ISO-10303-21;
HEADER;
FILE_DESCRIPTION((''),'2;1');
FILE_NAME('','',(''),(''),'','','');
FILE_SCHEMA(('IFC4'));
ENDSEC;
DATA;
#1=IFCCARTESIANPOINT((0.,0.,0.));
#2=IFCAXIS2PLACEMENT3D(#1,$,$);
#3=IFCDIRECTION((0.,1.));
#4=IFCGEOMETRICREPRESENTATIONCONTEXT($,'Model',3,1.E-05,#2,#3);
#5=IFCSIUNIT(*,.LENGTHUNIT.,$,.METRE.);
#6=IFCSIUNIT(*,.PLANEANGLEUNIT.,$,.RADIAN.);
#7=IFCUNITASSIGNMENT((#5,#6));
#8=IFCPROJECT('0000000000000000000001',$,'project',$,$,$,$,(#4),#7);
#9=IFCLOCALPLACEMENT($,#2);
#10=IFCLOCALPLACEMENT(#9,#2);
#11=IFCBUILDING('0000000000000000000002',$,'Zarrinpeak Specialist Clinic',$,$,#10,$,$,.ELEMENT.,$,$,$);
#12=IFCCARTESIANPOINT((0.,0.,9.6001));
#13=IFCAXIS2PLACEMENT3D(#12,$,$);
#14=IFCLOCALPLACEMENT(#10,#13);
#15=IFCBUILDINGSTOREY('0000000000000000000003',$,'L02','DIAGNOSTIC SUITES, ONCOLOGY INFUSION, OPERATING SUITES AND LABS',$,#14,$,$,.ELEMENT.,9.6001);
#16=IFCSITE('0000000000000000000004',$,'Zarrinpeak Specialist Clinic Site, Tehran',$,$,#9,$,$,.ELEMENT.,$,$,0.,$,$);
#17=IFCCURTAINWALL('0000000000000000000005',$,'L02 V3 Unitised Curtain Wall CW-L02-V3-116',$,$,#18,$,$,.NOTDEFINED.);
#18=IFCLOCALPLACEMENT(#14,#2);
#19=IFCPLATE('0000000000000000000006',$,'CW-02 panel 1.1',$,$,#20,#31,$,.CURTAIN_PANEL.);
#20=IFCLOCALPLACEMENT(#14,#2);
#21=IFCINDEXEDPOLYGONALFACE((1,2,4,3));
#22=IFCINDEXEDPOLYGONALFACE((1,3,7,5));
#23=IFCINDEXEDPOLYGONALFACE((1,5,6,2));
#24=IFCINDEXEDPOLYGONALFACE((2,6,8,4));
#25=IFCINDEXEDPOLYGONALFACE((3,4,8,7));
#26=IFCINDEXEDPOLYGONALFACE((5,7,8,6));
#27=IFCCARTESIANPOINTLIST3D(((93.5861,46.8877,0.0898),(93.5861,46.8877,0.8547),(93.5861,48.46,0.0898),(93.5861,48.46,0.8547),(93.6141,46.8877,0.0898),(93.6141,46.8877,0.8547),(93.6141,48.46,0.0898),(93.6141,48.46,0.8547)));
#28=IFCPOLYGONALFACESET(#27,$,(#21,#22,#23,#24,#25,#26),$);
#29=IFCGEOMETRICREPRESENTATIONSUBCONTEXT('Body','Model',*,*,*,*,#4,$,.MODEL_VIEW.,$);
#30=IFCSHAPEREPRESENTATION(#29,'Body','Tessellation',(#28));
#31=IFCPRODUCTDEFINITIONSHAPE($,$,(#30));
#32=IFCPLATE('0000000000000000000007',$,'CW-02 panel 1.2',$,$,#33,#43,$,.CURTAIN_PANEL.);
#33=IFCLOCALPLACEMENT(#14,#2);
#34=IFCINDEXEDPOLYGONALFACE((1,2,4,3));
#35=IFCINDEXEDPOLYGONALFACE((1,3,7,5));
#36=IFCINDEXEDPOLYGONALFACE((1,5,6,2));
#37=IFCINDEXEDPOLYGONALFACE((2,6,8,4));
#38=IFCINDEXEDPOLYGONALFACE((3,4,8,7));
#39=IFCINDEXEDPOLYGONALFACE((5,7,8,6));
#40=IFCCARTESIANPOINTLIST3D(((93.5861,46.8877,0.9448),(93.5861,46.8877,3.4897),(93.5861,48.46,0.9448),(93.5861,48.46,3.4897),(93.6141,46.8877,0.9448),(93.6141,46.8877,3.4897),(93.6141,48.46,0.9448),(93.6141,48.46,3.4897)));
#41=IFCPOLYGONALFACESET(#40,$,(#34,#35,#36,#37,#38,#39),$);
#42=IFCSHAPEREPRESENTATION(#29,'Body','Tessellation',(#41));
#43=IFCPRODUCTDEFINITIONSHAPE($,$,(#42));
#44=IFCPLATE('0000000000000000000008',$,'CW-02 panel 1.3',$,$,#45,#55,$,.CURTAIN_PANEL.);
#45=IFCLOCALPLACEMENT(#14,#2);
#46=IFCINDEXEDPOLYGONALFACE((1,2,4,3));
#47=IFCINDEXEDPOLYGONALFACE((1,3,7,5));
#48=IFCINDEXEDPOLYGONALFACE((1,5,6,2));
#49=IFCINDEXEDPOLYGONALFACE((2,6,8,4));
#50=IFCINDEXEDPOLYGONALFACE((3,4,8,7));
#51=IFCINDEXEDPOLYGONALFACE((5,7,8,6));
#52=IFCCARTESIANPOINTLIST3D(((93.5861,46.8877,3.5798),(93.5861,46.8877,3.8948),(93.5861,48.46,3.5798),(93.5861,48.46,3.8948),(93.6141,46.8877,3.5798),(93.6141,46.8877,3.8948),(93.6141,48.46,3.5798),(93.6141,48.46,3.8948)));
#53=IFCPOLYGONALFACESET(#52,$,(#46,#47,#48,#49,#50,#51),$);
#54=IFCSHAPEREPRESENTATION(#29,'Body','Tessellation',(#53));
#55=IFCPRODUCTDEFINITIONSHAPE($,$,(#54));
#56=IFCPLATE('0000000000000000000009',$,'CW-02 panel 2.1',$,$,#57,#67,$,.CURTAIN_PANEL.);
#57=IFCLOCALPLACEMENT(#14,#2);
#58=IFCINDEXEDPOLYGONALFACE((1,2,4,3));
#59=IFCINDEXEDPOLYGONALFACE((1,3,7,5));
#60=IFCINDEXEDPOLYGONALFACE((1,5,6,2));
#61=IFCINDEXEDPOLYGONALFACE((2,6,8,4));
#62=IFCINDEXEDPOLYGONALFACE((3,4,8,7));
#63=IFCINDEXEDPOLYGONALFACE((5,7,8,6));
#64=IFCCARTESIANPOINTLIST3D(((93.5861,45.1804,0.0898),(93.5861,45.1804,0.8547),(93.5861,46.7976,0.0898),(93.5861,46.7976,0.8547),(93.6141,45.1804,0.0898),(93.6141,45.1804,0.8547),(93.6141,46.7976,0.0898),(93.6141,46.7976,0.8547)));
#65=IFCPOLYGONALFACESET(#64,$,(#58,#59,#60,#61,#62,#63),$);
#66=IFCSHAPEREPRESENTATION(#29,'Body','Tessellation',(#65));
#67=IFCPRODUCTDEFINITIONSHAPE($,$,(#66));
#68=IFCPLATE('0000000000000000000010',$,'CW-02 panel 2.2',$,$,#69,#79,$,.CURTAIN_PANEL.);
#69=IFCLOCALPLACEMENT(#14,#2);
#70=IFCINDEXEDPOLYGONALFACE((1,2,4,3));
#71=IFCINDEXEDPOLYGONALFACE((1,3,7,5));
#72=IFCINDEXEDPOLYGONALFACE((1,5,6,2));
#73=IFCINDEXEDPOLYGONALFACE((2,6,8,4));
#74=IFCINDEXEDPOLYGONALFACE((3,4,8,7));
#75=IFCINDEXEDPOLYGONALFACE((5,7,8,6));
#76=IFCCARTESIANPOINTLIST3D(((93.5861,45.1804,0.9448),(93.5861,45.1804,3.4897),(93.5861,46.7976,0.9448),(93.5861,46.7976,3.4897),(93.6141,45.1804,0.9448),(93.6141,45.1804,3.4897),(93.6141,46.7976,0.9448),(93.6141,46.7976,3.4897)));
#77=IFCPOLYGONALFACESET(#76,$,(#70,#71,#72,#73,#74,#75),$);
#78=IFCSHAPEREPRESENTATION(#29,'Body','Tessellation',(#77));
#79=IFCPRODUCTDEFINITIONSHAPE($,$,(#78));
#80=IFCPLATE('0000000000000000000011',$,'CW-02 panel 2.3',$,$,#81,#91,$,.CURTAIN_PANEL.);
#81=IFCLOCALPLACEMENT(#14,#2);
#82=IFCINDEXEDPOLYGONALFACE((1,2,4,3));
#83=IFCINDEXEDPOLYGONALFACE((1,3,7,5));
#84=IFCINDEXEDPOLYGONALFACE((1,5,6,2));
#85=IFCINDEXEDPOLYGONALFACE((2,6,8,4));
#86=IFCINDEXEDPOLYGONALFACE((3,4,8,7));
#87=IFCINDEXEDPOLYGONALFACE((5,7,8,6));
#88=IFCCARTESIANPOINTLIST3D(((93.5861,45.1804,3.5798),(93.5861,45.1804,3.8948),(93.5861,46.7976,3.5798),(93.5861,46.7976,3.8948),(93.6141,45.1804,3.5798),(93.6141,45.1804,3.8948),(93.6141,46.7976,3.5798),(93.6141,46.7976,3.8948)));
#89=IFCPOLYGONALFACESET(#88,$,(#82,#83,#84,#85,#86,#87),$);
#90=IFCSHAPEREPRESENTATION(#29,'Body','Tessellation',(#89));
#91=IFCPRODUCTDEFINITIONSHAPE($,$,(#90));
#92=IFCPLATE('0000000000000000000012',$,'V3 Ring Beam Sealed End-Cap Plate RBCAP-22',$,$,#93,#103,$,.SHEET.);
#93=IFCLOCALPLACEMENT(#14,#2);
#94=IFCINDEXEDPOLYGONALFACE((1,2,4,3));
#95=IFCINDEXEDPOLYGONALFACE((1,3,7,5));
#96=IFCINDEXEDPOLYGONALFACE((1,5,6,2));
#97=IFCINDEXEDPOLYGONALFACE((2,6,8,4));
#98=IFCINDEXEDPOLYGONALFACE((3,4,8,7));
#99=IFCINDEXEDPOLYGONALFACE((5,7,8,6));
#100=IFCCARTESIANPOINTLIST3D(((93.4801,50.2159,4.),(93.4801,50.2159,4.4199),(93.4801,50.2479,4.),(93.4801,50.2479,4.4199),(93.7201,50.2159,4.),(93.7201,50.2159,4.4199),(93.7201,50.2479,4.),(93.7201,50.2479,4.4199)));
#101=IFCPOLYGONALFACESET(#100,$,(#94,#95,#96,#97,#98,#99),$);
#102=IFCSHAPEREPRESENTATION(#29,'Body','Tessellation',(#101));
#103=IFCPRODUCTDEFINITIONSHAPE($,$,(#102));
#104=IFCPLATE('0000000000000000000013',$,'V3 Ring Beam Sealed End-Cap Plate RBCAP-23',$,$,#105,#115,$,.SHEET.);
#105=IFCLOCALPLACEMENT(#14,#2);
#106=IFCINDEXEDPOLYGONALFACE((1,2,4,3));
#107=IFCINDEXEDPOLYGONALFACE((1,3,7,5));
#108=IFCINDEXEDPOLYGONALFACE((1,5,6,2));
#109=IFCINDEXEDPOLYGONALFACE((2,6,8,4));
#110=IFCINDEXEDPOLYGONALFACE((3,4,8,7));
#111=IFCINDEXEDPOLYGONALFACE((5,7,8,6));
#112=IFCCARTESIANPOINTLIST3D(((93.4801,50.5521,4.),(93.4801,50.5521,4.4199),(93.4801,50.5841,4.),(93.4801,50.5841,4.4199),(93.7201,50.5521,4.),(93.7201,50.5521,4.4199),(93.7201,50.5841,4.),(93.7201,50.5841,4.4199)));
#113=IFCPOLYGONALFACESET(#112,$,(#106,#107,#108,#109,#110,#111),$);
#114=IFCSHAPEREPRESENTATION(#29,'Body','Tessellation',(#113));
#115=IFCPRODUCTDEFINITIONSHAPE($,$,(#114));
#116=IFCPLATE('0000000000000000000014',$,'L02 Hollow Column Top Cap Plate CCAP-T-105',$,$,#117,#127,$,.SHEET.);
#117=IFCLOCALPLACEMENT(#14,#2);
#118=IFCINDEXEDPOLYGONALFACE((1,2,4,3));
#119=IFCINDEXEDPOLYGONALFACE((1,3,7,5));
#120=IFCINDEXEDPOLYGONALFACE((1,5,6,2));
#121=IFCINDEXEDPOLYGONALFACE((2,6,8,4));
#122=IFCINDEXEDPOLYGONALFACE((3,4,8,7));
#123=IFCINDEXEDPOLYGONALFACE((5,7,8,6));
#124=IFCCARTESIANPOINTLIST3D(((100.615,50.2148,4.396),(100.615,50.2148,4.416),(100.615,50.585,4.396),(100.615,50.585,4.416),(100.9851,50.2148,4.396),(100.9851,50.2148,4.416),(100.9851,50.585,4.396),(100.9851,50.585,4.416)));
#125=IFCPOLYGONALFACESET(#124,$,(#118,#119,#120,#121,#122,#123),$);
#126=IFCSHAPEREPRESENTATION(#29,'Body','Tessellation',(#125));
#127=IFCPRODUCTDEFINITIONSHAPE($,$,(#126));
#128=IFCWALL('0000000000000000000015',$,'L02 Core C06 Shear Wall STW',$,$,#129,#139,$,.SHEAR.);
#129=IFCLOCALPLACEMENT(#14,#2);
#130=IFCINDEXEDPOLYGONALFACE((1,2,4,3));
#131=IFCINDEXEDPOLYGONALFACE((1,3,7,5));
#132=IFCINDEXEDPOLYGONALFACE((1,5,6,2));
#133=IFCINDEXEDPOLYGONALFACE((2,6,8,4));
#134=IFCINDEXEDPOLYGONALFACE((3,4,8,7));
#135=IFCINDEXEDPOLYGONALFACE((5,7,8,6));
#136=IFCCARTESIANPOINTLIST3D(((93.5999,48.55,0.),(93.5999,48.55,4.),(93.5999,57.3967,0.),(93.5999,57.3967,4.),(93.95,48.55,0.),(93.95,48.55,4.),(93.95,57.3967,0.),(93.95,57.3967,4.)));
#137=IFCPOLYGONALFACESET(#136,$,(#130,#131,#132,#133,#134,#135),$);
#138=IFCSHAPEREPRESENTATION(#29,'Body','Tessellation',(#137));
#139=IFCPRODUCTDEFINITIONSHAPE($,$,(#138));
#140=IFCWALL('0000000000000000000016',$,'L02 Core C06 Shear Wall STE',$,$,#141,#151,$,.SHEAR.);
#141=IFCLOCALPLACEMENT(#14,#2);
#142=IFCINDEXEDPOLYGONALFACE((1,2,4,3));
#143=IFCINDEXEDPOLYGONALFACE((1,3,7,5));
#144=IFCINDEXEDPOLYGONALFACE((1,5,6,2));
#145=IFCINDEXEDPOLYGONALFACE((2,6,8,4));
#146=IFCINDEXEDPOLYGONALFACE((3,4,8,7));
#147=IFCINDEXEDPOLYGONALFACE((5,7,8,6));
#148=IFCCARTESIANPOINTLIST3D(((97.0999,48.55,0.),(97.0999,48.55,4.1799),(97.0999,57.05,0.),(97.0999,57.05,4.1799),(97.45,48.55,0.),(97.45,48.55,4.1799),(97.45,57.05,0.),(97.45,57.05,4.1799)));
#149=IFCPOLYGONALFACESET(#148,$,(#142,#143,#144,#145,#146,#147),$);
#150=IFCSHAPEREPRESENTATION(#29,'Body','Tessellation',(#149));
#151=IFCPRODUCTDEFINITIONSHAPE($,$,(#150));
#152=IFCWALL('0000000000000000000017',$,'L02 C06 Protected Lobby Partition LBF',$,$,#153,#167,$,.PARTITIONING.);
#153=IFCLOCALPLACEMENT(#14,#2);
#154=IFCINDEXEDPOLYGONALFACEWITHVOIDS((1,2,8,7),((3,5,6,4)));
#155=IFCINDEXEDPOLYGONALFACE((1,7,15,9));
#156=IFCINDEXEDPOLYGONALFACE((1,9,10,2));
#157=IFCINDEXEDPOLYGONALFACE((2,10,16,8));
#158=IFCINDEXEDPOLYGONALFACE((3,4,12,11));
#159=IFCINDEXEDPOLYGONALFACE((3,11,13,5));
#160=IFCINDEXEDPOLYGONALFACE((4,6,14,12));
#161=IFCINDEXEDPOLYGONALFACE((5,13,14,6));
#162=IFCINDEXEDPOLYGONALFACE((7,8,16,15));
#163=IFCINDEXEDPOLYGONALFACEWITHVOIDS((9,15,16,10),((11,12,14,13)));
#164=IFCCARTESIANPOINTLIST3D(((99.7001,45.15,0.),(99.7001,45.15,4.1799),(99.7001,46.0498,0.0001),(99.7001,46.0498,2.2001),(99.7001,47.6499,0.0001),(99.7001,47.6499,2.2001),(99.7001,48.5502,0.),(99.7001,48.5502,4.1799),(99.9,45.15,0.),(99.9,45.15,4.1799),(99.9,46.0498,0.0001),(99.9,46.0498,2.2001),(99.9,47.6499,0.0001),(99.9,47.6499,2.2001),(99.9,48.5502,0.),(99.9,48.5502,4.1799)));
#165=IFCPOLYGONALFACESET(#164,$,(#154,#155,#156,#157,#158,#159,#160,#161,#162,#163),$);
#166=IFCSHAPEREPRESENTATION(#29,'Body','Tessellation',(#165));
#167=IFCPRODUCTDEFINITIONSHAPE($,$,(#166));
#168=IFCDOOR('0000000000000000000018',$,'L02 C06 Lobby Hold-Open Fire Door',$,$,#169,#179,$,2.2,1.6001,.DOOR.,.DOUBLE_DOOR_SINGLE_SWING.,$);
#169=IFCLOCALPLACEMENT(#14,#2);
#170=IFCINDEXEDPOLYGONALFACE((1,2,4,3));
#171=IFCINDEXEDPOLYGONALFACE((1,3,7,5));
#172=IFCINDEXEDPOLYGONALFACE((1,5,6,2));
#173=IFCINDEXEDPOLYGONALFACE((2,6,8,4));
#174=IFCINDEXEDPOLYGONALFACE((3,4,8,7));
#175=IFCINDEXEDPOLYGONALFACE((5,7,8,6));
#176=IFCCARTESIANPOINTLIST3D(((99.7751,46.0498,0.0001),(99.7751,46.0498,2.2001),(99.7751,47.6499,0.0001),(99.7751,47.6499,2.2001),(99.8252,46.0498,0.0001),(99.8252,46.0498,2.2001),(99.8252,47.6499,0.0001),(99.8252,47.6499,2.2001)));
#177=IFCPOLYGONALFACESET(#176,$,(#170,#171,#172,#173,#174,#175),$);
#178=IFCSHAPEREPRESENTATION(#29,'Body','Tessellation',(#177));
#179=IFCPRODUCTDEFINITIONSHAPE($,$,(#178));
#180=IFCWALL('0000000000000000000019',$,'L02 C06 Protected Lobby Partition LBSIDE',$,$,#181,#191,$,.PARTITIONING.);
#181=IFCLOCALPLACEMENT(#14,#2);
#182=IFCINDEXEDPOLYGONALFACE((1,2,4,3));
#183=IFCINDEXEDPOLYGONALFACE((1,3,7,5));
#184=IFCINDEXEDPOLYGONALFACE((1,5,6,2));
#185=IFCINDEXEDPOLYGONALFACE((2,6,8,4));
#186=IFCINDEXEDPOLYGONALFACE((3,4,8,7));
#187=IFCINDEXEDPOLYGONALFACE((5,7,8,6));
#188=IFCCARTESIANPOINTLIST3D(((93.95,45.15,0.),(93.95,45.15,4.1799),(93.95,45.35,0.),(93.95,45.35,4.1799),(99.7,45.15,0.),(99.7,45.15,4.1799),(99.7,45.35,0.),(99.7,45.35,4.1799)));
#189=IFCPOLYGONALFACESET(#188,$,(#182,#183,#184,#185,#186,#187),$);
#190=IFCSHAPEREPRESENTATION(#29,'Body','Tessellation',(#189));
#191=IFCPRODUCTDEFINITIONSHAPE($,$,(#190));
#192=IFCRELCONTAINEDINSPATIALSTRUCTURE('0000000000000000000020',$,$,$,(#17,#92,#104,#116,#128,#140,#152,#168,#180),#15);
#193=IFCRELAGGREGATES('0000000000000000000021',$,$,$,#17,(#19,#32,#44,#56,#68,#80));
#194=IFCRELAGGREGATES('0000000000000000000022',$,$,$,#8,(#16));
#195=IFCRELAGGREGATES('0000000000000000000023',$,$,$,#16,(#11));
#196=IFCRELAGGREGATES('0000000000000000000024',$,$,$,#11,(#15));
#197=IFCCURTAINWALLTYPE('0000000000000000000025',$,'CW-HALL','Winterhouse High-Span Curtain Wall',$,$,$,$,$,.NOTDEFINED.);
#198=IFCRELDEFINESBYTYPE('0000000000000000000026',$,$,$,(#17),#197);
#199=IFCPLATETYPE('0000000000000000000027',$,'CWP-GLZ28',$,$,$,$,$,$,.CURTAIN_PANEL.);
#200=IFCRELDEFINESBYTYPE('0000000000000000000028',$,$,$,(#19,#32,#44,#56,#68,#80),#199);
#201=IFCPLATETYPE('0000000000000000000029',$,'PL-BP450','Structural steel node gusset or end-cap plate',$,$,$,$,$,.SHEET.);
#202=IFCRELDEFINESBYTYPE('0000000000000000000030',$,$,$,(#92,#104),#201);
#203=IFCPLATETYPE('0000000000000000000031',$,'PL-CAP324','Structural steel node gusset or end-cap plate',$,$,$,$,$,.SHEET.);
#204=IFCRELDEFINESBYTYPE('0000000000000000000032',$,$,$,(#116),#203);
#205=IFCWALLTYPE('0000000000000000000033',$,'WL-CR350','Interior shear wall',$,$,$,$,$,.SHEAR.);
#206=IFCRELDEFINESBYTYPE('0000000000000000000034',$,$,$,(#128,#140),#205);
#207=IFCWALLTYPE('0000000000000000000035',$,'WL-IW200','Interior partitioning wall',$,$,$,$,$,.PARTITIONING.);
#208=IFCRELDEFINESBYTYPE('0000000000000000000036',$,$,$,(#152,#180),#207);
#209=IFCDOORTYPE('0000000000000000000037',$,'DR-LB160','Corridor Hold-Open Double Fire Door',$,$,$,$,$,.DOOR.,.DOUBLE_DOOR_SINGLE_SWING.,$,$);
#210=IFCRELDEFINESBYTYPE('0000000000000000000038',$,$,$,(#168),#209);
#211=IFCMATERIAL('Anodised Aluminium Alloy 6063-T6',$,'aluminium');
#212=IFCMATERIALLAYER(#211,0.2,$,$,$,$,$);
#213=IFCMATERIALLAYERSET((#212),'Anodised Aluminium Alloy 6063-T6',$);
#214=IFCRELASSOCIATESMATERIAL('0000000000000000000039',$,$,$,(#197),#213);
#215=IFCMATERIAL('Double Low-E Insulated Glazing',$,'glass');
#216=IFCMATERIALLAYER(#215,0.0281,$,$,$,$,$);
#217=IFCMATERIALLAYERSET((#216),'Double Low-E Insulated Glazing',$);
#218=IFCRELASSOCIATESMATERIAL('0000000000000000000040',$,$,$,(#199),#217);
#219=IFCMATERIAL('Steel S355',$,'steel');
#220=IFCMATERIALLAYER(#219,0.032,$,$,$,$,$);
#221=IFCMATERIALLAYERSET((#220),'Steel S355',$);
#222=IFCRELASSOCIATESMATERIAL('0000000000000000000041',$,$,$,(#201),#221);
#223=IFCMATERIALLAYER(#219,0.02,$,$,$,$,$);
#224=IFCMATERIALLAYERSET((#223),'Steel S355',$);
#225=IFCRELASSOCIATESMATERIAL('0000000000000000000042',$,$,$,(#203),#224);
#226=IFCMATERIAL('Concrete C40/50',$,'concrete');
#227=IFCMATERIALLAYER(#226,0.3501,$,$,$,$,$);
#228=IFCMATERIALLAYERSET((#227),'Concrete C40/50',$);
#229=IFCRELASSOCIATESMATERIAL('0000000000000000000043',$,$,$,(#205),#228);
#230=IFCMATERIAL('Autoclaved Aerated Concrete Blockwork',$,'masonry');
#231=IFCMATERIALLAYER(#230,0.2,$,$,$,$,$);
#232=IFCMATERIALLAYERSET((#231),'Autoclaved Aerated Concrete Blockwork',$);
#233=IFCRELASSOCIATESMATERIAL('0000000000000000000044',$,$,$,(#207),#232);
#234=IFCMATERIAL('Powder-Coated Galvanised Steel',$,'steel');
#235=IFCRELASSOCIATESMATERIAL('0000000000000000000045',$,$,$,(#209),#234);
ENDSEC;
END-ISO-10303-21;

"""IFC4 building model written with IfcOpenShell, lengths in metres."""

from ifc_helpers import new_model, si_unit, direction, frame, frame_2d, origin, origin_2d, place, context, subcontext, project, spatial, rectangle, extrude, material, layer, layer_set, type_object, element, fill, aggregate, save


model = new_model("IFC4")

# Units and contexts
model_context = context("Model", 3, precision=1e-05, world=origin(), true_north=direction((0.0, 1.0)))
body_context = subcontext(model_context, "Body", "Model", "MODEL_VIEW")
ifc_project = project(units=[si_unit("LENGTHUNIT", "METRE"), si_unit("PLANEANGLEUNIT", "RADIAN")], contexts=[model_context])

# Site, building, storey
site_placement = place(None, origin())
site = spatial("IfcSite", under=ifc_project, at=site_placement, Name="Zarrinpeak Specialist Clinic Site, Tehran", CompositionType="ELEMENT", RefElevation=0.0)
building_placement = place(site_placement, origin())
building = spatial("IfcBuilding", under=site, at=building_placement, Name="Zarrinpeak Specialist Clinic", CompositionType="ELEMENT")
storey_placement = place(building_placement, frame((0.0, 0.0, 9.6001)))
storey = spatial("IfcBuildingStorey", under=building, at=storey_placement, Name="L02", Description="DIAGNOSTIC SUITES, ONCOLOGY INFUSION, OPERATING SUITES AND LABS", CompositionType="ELEMENT", Elevation=9.6001)

# Shared definitions
ifc_material_1 = material(Name="Steel S355", Category="steel")

# Curtain wall, plates
ifc_material_2 = material(Name="Anodised Aluminium Alloy 6063-T6", Category="aluminium")
ifc_layer_1 = layer(ifc_material_2, 0.2)
ifc_layer_set_1 = layer_set([ifc_layer_1], Name="Anodised Aluminium Alloy 6063-T6")
curtain_wall_type = type_object("IfcCurtainWallType", Name="CW-HALL", Description="Winterhouse High-Span Curtain Wall", PredefinedType="NOTDEFINED", material=ifc_layer_set_1)
curtain_wall_placement = place(storey_placement, origin())
curtain_wall = element("IfcCurtainWall", 1, at=curtain_wall_placement, inside=storey, type_object=curtain_wall_type, Name="L02 V3 Unitised Curtain Wall CW-L02-V3-116", PredefinedType="NOTDEFINED")
ifc_material_3 = material(Name="Double Low-E Insulated Glazing", Category="glass")
ifc_layer_2 = layer(ifc_material_3, 0.0281)
ifc_layer_set_2 = layer_set([ifc_layer_2], Name="Double Low-E Insulated Glazing")
plate_type_1 = type_object("IfcPlateType", Name="CWP-GLZ28", PredefinedType="CURTAIN_PANEL", material=ifc_layer_set_2)
plate_1_placement = place(storey_placement, frame((93.6001, 47.6738, 0.0898), z_axis=(0.0, 0.0, 1.0), x_axis=(0.0, -1.0, 0.0)))
plate_1 = element("IfcPlate", 2, at=plate_1_placement, type_object=plate_type_1, Name="CW-02 panel 1.1", PredefinedType="CURTAIN_PANEL", context=body_context, shape_type="SweptSolid", body=[
    extrude(rectangle(XDim=1.5723, YDim=0.0281, at=origin_2d()), origin(), (0.0, 0.0, 1.0), 0.7649),
])
plate_2_placement = place(storey_placement, frame((93.6001, 47.6738, 0.9448), z_axis=(0.0, 0.0, 1.0), x_axis=(0.0, -1.0, 0.0)))
plate_2 = element("IfcPlate", 3, at=plate_2_placement, type_object=plate_type_1, Name="CW-02 panel 1.2", PredefinedType="CURTAIN_PANEL", context=body_context, shape_type="SweptSolid", body=[
    extrude(rectangle(XDim=1.5723, YDim=0.0281, at=origin_2d()), origin(), (0.0, 0.0, 1.0), 2.5449),
])
plate_3_placement = place(storey_placement, frame((93.6001, 47.6738, 3.5798), z_axis=(0.0, 0.0, 1.0), x_axis=(0.0, -1.0, 0.0)))
plate_3 = element("IfcPlate", 4, at=plate_3_placement, type_object=plate_type_1, Name="CW-02 panel 1.3", PredefinedType="CURTAIN_PANEL", context=body_context, shape_type="SweptSolid", body=[
    extrude(rectangle(XDim=1.5723, YDim=0.0281, at=origin_2d()), origin(), (0.0, 0.0, 1.0), 0.3149),
])
plate_4_placement = place(storey_placement, frame((93.6001, 45.989, 0.0898), z_axis=(0.0, 0.0, 1.0), x_axis=(0.0, -1.0, 0.0)))
plate_4 = element("IfcPlate", 5, at=plate_4_placement, type_object=plate_type_1, Name="CW-02 panel 2.1", PredefinedType="CURTAIN_PANEL", context=body_context, shape_type="SweptSolid", body=[
    extrude(rectangle(XDim=1.6172, YDim=0.0281, at=origin_2d()), origin(), (0.0, 0.0, 1.0), 0.7649),
])
plate_5_placement = place(storey_placement, frame((93.6001, 45.989, 0.9448), z_axis=(0.0, 0.0, 1.0), x_axis=(0.0, -1.0, 0.0)))
plate_5 = element("IfcPlate", 6, at=plate_5_placement, type_object=plate_type_1, Name="CW-02 panel 2.2", PredefinedType="CURTAIN_PANEL", context=body_context, shape_type="SweptSolid", body=[
    extrude(rectangle(XDim=1.6172, YDim=0.0281, at=origin_2d()), origin(), (0.0, 0.0, 1.0), 2.5449),
])
plate_6_placement = place(storey_placement, frame((93.6001, 45.989, 3.5798), z_axis=(0.0, 0.0, 1.0), x_axis=(0.0, -1.0, 0.0)))
plate_6 = element("IfcPlate", 7, at=plate_6_placement, type_object=plate_type_1, Name="CW-02 panel 2.3", PredefinedType="CURTAIN_PANEL", context=body_context, shape_type="SweptSolid", body=[
    extrude(rectangle(XDim=1.6172, YDim=0.0281, at=origin_2d()), origin(), (0.0, 0.0, 1.0), 0.3149),
])
aggregate(curtain_wall, [plate_1, plate_2, plate_3, plate_4, plate_5, plate_6])

# Plates
ifc_layer_3 = layer(ifc_material_1, 0.032)
ifc_layer_set_3 = layer_set([ifc_layer_3], Name="Steel S355")
plate_type_2 = type_object("IfcPlateType", Name="PL-BP450", Description="Structural steel node gusset or end-cap plate", PredefinedType="SHEET", material=ifc_layer_set_3)
for number, where, z_axis, x_axis, name in (
    (8, (93.6001, 50.2319, 4.0), (0.0, 0.0, 1.0), (1.0, 0.0, 0.0), "V3 Ring Beam Sealed End-Cap Plate RBCAP-22"),
    (9, (93.6001, 50.5681, 4.0), (0.0, 0.0, 1.0), (1.0, 0.0, 0.0), "V3 Ring Beam Sealed End-Cap Plate RBCAP-23"),
):
    element("IfcPlate", number, at=place(storey_placement, frame(where, z_axis=z_axis, x_axis=x_axis)), inside=storey, type_object=plate_type_2, Name=name, PredefinedType="SHEET", context=body_context, shape_type="SweptSolid", body=[
        extrude(rectangle(XDim=0.24, YDim=0.032, at=origin_2d()), origin(), (0.0, 0.0, 1.0), 0.4199),
    ])
ifc_layer_4 = layer(ifc_material_1, 0.02)
ifc_layer_set_4 = layer_set([ifc_layer_4], Name="Steel S355")
plate_type_3 = type_object("IfcPlateType", Name="PL-CAP324", Description="Structural steel node gusset or end-cap plate", PredefinedType="SHEET", material=ifc_layer_set_4)
plate_7_placement = place(storey_placement, frame((100.8, 50.3999, 4.396), z_axis=(0.0, 0.0, 1.0), x_axis=(1.0, 0.0, 0.0)))
element("IfcPlate", 10, at=plate_7_placement, inside=storey, type_object=plate_type_3, Name="L02 Hollow Column Top Cap Plate CCAP-T-105", PredefinedType="SHEET", context=body_context, shape_type="SweptSolid", body=[
    extrude(rectangle(XDim=0.3701, YDim=0.3701, at=origin_2d()), origin(), (0.0, 0.0, 1.0), 0.02),
])

# Shared definitions
ifc_material_4 = material(Name="Concrete C40/50", Category="concrete")
ifc_layer_5 = layer(ifc_material_4, 0.3501)
ifc_layer_set_5 = layer_set([ifc_layer_5], Name="Concrete C40/50")
wall_type_1 = type_object("IfcWallType", Name="WL-CR350", Description="Interior shear wall", PredefinedType="SHEAR", material=ifc_layer_set_5)
ifc_material_5 = material(Name="Powder-Coated Galvanised Steel", Category="steel")

# Walls
wall_1_placement = place(storey_placement, frame((93.7749, 48.55, 0.0), z_axis=(0.0, 0.0, 1.0), x_axis=(0.0, 1.0, 0.0)))
element("IfcWall", 11, at=wall_1_placement, inside=storey, type_object=wall_type_1, Name="L02 Core C06 Shear Wall STW", PredefinedType="SHEAR", context=body_context, shape_type="SweptSolid", body=[
    extrude(rectangle(XDim=8.8467, YDim=0.3501, at=frame_2d((4.4233, 0.0))), origin(), (0.0, 0.0, 1.0), 4.0),
])
wall_2_placement = place(storey_placement, frame((97.2749, 48.55, 0.0), z_axis=(0.0, 0.0, 1.0), x_axis=(0.0, 1.0, 0.0)))
element("IfcWall", 12, at=wall_2_placement, inside=storey, type_object=wall_type_1, Name="L02 Core C06 Shear Wall STE", PredefinedType="SHEAR", context=body_context, shape_type="SweptSolid", body=[
    extrude(rectangle(XDim=8.5, YDim=0.3501, at=frame_2d((4.25, 0.0))), origin(), (0.0, 0.0, 1.0), 4.1799),
])

# Wall, opening, door
ifc_material_6 = material(Name="Autoclaved Aerated Concrete Blockwork", Category="masonry")
ifc_layer_6 = layer(ifc_material_6, 0.2)
ifc_layer_set_6 = layer_set([ifc_layer_6], Name="Autoclaved Aerated Concrete Blockwork")
wall_type_2 = type_object("IfcWallType", Name="WL-IW200", Description="Interior partitioning wall", PredefinedType="PARTITIONING", material=ifc_layer_set_6)
wall_3_placement = place(storey_placement, frame((99.8, 45.1499, 0.0), z_axis=(0.0, 0.0, 1.0), x_axis=(0.0, 1.0, 0.0)))
wall_3 = element("IfcWall", 13, at=wall_3_placement, inside=storey, type_object=wall_type_2, Name="L02 C06 Protected Lobby Partition LBF", PredefinedType="PARTITIONING", context=body_context, shape_type="SweptSolid", body=[
    extrude(rectangle(XDim=3.4001, YDim=0.2, at=frame_2d((1.7002, 0.0))), origin(), (0.0, 0.0, 1.0), 4.1799),
])
opening_1_placement = place(wall_3_placement, frame((0.8999, 0.0, 0.0)))
opening_1 = element("IfcOpeningElement", 14, at=opening_1_placement, cuts=wall_3, PredefinedType="OPENING", context=body_context, shape_type="SweptSolid", body=[
    extrude(rectangle(XDim=1.6001, YDim=2.2, at=frame_2d((0.8, 1.1001))), frame((0.0, 0.1099, 0.0), z_axis=(0.0, -1.0, 0.0), x_axis=(1.0, 0.0, 0.0)), (0.0, 0.0, 1.0), 0.22),
])
door_type_1 = type_object("IfcDoorType", Name="DR-LB160", Description="Corridor Hold-Open Double Fire Door", OperationType="DOUBLE_DOOR_SINGLE_SWING", PredefinedType="DOOR", material=ifc_material_5)
door_1_placement = place(opening_1_placement, origin())
door_1 = element("IfcDoor", 15, at=door_1_placement, inside=storey, type_object=door_type_1, Name="L02 C06 Lobby Hold-Open Fire Door", OperationType="DOUBLE_DOOR_SINGLE_SWING", OverallHeight=2.2, OverallWidth=1.6001, PredefinedType="DOOR", context=body_context, shape_type="SweptSolid", body=[
    extrude(rectangle(XDim=1.6001, YDim=2.2, at=frame_2d((0.8, 1.1001))), frame((0.0, 0.0249, 0.0), z_axis=(0.0, -1.0, 0.0), x_axis=(1.0, 0.0, 0.0)), (0.0, 0.0, 1.0), 0.05),
])
fill(opening_1, door_1)

# Wall
wall_4_placement = place(storey_placement, frame((93.95, 45.25, 0.0), z_axis=(0.0, 0.0, 1.0), x_axis=(1.0, 0.0, 0.0)))
element("IfcWall", 16, at=wall_4_placement, inside=storey, type_object=wall_type_2, Name="L02 C06 Protected Lobby Partition LBSIDE", PredefinedType="PARTITIONING", context=body_context, shape_type="SweptSolid", body=[
    extrude(rectangle(XDim=5.75, YDim=0.2, at=frame_2d((2.875, 0.0))), origin(), (0.0, 0.0, 1.0), 4.1799),
])

save(model, "model.ifc")
